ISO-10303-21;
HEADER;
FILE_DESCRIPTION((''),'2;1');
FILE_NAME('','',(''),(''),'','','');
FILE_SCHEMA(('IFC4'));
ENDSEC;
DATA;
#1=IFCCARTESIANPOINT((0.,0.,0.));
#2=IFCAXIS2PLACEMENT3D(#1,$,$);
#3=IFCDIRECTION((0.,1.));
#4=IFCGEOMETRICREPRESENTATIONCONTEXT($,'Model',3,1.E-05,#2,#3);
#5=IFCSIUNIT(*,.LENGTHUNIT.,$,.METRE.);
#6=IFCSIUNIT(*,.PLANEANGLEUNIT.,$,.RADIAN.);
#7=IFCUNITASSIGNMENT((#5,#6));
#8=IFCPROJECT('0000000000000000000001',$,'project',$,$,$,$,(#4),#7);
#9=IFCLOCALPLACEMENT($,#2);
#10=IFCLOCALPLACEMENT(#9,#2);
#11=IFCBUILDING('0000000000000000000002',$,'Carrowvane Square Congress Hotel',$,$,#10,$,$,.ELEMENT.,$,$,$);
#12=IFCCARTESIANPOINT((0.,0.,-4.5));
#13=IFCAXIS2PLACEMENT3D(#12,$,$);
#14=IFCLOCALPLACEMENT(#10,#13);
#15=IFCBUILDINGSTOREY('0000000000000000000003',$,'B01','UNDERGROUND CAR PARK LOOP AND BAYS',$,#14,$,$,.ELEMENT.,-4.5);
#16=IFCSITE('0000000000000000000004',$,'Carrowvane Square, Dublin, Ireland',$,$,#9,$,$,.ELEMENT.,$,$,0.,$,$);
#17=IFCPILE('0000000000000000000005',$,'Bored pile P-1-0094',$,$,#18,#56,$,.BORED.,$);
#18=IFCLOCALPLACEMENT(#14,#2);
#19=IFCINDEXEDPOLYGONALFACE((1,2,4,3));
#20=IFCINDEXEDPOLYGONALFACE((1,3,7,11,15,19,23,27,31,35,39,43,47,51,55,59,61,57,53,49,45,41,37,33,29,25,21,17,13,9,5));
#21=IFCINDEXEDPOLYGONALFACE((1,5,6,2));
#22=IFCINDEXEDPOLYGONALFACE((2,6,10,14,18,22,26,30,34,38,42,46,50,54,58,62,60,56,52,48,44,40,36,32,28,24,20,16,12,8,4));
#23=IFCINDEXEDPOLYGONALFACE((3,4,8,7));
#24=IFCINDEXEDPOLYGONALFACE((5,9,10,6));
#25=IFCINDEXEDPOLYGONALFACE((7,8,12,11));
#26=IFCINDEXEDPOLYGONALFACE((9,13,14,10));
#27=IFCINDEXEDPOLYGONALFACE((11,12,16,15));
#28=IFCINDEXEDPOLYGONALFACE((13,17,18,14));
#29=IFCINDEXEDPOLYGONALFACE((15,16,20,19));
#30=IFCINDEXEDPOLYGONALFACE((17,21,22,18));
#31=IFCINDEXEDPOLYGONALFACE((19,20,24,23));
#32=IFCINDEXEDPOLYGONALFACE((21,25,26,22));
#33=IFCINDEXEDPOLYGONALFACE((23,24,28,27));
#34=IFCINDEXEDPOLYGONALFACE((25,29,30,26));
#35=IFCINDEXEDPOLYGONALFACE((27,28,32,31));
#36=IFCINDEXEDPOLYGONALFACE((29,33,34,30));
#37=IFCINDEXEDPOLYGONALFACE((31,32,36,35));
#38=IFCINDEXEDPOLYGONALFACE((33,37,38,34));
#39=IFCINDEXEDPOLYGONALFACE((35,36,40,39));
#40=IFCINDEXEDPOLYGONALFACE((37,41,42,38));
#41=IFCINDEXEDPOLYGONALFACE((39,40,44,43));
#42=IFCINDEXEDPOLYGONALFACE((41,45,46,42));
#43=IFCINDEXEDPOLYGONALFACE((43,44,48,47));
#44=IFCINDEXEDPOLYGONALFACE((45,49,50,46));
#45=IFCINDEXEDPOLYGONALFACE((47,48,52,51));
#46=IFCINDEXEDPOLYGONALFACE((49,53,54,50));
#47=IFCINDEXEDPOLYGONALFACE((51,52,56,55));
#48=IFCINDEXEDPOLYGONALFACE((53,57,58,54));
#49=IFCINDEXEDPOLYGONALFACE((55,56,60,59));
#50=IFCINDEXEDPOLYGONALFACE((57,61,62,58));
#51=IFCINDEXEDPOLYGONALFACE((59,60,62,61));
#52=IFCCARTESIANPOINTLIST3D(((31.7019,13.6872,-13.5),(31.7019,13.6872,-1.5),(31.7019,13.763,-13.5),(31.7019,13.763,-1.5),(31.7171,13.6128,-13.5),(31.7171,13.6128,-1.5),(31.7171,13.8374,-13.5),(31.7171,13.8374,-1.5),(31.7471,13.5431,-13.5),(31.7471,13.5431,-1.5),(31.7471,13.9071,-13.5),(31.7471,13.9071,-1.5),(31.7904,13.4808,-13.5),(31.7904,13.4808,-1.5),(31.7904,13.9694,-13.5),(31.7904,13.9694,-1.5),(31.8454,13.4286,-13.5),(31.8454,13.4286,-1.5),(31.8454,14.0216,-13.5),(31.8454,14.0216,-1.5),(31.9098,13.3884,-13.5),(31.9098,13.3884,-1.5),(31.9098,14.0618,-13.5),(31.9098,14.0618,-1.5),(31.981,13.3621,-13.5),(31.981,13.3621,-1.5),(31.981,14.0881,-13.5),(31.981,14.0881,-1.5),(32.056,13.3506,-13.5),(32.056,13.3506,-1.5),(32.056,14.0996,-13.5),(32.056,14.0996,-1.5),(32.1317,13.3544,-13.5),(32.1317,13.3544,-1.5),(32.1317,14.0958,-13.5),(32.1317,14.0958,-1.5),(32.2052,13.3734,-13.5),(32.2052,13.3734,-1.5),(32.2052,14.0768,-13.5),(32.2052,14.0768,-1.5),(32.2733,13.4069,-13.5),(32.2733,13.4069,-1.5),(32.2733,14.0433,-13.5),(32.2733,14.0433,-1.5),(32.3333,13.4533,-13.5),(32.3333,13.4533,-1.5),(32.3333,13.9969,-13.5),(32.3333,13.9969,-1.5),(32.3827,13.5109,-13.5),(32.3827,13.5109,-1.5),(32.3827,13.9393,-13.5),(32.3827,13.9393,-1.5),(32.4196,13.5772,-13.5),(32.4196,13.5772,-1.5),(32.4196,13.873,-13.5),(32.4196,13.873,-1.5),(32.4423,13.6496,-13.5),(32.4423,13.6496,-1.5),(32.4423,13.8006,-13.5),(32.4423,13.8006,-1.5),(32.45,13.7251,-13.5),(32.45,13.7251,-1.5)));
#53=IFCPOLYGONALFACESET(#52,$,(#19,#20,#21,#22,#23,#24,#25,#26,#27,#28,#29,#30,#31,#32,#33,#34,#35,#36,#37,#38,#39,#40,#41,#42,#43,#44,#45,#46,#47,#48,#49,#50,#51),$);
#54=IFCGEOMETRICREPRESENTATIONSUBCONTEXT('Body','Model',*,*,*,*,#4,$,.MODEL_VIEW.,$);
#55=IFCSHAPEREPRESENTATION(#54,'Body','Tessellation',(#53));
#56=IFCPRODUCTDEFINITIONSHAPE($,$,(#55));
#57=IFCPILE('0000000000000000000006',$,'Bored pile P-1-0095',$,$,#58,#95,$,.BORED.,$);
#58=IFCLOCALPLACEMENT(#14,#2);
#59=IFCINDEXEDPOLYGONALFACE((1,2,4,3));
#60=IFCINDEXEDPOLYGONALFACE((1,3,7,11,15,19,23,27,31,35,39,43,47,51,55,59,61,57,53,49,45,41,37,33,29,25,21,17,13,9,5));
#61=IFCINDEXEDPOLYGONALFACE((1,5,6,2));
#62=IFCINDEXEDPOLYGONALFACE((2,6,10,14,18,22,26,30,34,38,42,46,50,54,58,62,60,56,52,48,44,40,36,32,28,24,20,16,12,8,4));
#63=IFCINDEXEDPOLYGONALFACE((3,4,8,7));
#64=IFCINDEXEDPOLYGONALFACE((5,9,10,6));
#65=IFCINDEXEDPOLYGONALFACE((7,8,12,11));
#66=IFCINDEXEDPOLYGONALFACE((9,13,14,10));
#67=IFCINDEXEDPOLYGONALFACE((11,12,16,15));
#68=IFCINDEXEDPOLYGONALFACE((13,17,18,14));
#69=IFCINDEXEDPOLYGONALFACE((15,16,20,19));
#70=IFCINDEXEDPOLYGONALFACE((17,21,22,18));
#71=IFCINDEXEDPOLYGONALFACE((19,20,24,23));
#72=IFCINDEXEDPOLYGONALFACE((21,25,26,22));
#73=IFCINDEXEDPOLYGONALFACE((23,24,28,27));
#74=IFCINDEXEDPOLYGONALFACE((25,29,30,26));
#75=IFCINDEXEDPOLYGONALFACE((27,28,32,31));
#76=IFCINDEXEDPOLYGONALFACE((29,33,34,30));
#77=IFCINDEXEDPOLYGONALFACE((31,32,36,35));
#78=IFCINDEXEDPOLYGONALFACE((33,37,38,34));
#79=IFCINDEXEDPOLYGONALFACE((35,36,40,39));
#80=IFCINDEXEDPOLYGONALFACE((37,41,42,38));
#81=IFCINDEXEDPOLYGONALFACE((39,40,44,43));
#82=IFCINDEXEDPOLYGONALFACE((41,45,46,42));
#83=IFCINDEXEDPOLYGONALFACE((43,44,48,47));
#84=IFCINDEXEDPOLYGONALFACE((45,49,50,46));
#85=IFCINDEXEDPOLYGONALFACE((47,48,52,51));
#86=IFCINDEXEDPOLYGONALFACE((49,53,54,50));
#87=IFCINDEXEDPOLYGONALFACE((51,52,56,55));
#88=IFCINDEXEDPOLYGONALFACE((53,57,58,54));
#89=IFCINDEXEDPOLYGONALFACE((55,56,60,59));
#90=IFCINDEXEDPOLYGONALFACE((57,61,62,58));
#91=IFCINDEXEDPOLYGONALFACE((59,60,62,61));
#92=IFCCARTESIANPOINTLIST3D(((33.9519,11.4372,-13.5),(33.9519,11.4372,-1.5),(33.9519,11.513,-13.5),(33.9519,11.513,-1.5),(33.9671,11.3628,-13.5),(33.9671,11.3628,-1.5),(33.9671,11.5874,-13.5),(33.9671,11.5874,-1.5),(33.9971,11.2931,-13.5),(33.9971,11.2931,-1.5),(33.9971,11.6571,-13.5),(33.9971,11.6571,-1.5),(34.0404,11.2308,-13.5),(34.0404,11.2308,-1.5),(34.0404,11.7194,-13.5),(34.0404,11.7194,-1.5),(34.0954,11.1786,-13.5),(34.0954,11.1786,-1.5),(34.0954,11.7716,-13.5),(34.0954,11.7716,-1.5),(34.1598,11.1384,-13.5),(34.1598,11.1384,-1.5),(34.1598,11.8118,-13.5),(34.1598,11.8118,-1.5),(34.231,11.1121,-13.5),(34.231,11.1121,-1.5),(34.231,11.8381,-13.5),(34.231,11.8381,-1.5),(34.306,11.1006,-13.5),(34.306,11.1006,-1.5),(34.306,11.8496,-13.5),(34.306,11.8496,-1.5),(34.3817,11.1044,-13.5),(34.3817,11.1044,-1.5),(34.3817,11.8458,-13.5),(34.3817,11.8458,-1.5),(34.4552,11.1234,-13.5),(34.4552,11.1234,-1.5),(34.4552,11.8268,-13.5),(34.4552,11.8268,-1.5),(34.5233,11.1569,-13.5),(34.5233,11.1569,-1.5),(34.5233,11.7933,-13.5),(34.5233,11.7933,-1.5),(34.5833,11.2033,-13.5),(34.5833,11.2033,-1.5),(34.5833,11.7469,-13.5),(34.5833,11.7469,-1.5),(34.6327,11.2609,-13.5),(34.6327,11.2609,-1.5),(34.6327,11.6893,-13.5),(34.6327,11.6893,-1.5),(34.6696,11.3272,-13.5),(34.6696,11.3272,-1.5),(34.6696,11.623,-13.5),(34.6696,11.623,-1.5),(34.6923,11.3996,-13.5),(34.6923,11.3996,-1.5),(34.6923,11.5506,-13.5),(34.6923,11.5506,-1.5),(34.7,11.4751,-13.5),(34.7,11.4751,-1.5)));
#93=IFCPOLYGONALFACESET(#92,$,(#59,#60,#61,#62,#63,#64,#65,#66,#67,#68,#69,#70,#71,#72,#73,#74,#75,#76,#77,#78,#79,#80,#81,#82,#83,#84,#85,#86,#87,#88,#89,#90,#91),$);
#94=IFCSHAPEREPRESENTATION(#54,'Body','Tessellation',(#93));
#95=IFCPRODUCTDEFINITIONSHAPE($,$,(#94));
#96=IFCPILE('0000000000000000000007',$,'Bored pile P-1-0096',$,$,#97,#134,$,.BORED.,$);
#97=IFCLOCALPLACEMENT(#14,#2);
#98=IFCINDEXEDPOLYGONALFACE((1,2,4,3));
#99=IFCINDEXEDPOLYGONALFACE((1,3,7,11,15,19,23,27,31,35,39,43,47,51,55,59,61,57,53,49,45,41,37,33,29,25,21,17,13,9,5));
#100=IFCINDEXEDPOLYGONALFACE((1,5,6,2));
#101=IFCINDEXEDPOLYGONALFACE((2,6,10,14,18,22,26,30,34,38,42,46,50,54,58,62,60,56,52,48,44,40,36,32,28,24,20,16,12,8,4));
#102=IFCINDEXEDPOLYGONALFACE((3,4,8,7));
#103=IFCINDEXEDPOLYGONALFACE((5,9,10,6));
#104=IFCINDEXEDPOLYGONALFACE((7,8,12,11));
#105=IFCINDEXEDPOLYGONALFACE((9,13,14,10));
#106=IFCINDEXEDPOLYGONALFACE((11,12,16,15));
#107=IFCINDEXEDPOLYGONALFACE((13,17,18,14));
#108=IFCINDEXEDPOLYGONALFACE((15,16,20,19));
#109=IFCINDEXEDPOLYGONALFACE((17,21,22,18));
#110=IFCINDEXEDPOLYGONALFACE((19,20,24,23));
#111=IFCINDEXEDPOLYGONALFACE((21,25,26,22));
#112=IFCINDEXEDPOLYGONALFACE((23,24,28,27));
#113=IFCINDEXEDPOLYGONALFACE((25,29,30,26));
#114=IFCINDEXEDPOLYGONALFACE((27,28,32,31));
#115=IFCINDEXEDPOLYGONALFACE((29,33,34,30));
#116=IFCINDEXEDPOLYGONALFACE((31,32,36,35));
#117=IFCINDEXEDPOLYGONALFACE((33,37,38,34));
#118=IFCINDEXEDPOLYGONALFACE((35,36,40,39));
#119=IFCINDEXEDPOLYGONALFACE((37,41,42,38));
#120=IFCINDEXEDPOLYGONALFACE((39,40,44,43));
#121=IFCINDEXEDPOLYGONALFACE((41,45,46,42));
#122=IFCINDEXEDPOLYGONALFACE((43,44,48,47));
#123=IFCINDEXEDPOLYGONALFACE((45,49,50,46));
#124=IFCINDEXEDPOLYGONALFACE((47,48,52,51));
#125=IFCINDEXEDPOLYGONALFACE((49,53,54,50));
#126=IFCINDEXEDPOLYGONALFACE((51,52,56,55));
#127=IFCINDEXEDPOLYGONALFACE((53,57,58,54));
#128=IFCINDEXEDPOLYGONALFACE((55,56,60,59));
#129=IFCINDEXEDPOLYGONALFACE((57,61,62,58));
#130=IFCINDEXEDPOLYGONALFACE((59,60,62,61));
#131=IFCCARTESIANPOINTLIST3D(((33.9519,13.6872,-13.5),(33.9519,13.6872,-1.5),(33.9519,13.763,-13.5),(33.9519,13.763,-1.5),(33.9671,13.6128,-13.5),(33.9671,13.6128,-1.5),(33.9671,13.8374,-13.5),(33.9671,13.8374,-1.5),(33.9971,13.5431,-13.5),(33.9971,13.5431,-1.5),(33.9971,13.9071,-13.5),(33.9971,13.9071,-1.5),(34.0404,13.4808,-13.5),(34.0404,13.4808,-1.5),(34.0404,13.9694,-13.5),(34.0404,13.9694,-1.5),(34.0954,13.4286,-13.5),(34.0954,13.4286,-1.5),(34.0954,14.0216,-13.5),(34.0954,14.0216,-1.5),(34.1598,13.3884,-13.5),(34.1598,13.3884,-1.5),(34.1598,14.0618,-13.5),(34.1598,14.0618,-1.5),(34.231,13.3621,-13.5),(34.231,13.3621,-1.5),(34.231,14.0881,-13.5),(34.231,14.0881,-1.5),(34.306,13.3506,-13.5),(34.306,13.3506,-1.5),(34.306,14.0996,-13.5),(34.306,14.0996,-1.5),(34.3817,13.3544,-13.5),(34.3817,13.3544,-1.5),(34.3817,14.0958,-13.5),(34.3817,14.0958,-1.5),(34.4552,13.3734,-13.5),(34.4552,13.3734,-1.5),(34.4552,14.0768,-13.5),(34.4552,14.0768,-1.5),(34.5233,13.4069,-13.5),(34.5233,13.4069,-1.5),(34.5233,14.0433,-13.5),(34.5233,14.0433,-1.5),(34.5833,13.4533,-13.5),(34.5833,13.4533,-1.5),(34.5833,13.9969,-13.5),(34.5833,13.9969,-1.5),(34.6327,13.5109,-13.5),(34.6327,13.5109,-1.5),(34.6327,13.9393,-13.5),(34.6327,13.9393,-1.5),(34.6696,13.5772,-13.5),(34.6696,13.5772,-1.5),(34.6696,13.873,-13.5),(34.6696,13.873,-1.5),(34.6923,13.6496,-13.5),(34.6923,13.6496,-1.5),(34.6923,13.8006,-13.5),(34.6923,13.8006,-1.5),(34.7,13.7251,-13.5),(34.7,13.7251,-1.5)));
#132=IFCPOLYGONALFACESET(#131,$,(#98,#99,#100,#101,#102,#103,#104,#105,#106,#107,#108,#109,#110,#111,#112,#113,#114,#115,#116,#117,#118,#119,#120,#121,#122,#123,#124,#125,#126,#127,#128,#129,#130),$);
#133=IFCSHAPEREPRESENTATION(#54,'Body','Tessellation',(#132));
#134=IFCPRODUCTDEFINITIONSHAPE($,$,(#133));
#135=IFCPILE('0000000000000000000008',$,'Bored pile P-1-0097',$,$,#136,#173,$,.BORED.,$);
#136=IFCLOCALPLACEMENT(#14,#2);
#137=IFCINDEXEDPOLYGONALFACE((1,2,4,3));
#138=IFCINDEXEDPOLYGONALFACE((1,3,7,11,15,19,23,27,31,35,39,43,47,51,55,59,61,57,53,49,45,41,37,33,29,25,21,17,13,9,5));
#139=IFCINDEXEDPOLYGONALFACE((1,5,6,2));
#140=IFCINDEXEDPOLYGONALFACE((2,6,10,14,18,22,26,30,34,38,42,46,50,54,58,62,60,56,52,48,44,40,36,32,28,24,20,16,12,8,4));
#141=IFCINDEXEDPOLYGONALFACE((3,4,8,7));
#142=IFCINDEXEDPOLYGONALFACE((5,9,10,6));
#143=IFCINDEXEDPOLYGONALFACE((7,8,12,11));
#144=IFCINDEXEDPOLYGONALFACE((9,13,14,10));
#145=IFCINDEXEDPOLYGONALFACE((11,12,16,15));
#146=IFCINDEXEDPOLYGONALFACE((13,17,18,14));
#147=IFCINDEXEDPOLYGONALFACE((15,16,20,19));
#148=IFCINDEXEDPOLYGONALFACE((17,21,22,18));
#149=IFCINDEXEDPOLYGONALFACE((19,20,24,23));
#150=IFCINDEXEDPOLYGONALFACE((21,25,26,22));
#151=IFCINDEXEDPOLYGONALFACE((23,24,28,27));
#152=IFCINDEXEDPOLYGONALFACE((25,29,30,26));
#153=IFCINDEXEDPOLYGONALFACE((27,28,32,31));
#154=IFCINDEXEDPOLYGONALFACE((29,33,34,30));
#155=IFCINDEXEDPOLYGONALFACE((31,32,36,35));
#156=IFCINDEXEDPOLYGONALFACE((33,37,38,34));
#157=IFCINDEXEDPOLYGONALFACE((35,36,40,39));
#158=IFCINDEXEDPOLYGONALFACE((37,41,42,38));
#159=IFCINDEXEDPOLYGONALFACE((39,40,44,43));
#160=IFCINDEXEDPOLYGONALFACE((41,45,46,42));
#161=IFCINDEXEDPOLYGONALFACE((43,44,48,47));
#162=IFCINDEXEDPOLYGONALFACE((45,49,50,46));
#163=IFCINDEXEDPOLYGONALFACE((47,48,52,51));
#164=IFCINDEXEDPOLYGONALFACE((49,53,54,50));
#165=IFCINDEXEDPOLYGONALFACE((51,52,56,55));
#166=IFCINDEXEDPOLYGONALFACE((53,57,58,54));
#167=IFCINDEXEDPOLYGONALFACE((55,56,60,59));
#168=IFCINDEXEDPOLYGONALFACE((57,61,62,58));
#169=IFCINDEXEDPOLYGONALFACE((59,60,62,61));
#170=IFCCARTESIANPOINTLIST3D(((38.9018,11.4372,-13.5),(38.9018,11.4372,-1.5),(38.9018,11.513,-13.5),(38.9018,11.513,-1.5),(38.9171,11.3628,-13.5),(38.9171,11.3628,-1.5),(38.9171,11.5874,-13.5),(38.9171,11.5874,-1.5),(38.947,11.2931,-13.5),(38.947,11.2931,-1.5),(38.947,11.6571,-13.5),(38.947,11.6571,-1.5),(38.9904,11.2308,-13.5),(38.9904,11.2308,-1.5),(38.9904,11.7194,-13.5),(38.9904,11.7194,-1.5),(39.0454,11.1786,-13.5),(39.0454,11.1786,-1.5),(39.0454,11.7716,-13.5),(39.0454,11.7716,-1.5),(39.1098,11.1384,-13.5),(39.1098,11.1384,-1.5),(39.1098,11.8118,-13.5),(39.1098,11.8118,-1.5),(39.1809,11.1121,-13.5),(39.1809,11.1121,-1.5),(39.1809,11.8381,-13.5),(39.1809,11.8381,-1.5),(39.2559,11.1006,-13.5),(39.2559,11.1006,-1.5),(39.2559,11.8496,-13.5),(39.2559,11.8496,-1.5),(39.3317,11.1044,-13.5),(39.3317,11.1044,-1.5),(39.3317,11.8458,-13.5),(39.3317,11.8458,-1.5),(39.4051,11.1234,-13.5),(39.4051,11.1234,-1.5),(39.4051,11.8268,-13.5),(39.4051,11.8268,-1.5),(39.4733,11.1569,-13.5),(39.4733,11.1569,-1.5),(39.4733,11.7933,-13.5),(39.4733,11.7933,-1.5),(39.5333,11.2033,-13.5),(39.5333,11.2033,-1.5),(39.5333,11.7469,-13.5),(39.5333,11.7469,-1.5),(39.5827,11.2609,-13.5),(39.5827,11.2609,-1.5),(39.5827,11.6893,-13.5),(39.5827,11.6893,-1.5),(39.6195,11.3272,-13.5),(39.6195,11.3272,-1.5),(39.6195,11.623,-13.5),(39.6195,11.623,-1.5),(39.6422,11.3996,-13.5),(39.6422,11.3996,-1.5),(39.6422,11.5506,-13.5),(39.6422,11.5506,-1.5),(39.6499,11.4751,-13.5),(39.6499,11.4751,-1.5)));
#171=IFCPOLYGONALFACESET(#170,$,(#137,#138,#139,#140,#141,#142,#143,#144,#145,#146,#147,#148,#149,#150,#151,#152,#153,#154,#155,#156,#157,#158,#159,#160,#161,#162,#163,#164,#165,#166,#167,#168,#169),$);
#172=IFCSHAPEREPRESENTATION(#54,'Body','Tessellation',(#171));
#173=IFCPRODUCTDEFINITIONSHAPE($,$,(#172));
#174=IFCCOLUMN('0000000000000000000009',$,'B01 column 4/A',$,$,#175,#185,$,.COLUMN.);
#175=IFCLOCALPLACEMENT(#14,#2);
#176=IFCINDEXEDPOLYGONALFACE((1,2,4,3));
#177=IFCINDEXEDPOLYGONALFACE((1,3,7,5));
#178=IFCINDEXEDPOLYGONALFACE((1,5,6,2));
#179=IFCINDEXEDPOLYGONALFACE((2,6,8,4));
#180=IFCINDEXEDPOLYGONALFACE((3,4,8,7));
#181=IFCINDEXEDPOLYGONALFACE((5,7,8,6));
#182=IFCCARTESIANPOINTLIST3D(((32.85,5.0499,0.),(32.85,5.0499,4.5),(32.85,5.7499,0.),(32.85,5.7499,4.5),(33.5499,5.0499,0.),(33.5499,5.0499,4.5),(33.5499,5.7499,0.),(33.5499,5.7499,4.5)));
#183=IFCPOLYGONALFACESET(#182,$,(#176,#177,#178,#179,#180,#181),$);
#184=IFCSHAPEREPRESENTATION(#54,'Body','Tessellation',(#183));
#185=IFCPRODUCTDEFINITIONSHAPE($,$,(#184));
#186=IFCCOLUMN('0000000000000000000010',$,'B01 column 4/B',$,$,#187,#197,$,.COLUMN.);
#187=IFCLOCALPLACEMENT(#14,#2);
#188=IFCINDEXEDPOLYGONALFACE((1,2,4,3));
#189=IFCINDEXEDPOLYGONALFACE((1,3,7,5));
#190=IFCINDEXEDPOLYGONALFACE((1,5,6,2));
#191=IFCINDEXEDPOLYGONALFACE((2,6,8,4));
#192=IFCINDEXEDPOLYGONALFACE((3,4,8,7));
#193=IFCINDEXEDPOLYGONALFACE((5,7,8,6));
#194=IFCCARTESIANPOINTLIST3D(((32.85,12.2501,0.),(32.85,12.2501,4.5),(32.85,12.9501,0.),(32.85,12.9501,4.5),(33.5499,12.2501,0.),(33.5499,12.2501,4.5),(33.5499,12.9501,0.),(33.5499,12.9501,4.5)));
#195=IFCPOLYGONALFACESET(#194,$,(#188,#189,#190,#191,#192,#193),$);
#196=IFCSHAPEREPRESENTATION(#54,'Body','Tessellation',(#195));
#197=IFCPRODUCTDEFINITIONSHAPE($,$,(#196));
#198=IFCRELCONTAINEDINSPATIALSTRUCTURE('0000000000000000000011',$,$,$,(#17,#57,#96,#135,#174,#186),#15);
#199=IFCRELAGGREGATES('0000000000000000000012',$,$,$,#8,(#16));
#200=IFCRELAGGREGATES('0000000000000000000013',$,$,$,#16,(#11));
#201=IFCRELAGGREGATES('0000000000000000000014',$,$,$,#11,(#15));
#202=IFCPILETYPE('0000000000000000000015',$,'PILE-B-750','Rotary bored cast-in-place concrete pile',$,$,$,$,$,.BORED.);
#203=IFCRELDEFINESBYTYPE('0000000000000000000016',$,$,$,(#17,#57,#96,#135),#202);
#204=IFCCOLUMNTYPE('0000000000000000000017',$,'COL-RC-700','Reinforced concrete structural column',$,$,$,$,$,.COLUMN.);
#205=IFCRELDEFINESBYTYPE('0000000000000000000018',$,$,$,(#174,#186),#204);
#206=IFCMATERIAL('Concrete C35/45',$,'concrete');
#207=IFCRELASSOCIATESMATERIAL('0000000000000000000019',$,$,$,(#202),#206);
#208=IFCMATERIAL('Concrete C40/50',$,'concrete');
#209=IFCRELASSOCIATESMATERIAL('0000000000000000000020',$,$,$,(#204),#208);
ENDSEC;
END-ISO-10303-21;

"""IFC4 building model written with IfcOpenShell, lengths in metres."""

from ifc_helpers import new_model, si_unit, direction, frame, origin, origin_2d, place, context, subcontext, project, spatial, rectangle, circle, extrude, material, material_profile, profile_set, type_object, element, save


model = new_model("IFC4")

# Units and contexts
model_context = context("Model", 3, precision=1e-05, world=origin(), true_north=direction((0.0, 1.0)))
body_context = subcontext(model_context, "Body", "Model", "MODEL_VIEW")
ifc_project = project(units=[si_unit("LENGTHUNIT", "METRE"), si_unit("PLANEANGLEUNIT", "RADIAN")], contexts=[model_context])

# Site, building, storey
site_placement = place(None, origin())
site = spatial("IfcSite", under=ifc_project, at=site_placement, Name="Carrowvane Square, Dublin, Ireland", CompositionType="ELEMENT", RefElevation=0.0)
building_placement = place(site_placement, origin())
building = spatial("IfcBuilding", under=site, at=building_placement, Name="Carrowvane Square Congress Hotel", CompositionType="ELEMENT")
storey_placement = place(building_placement, frame((0.0, 0.0, -4.5)))
storey = spatial("IfcBuildingStorey", under=building, at=storey_placement, Name="B01", Description="UNDERGROUND CAR PARK LOOP AND BAYS", CompositionType="ELEMENT", Elevation=-4.5)

# Piles
ifc_material_1 = material(Name="Concrete C35/45", Category="concrete")
ifc_material_profile_1 = material_profile(ifc_material_1, circle(Radius=0.375, at=origin_2d()), Name="PILE D750")
ifc_profile_set_1 = profile_set([ifc_material_profile_1], Name="Concrete C35/45")
pile_type = type_object("IfcPileType", Name="PILE-B-750", Description="Rotary bored cast-in-place concrete pile", PredefinedType="BORED", material=ifc_profile_set_1)
for number, where, z_axis, x_axis, name in (
    (1, (32.075, 13.7251, -1.5), (0.0, 0.0, -1.0), (1.0, 0.0, 0.0), "Bored pile P-1-0094"),
    (2, (34.325, 11.4751, -1.5), (0.0, 0.0, -1.0), (1.0, 0.0, 0.0), "Bored pile P-1-0095"),
    (3, (34.325, 13.7251, -1.5), (0.0, 0.0, -1.0), (1.0, 0.0, 0.0), "Bored pile P-1-0096"),
    (4, (39.2749, 11.4751, -1.5), (0.0, 0.0, -1.0), (1.0, 0.0, 0.0), "Bored pile P-1-0097"),
):
    element("IfcPile", number, at=place(storey_placement, frame(where, z_axis=z_axis, x_axis=x_axis)), inside=storey, type_object=pile_type, Name=name, PredefinedType="BORED", context=body_context, shape_type="SweptSolid", body=[
        extrude(circle(Radius=0.375, at=origin_2d()), origin(), (0.0, 0.0, 1.0), 12.0),
    ])

# Columns
ifc_material_2 = material(Name="Concrete C40/50", Category="concrete")
ifc_material_profile_2 = material_profile(ifc_material_2, rectangle(XDim=0.7, YDim=0.7, at=origin_2d()), Name="RC 700x700")
ifc_profile_set_2 = profile_set([ifc_material_profile_2], Name="Concrete C40/50")
column_type = type_object("IfcColumnType", Name="COL-RC-700", Description="Reinforced concrete structural column", PredefinedType="COLUMN", material=ifc_profile_set_2)
for number, where, z_axis, x_axis, name in (
    (5, (33.2, 5.3999, 0.0), (0.0, 0.0, 1.0), (1.0, 0.0, 0.0), "B01 column 4/A"),
    (6, (33.2, 12.6001, 0.0), (0.0, 0.0, 1.0), (1.0, 0.0, 0.0), "B01 column 4/B"),
):
    element("IfcColumn", number, at=place(storey_placement, frame(where, z_axis=z_axis, x_axis=x_axis)), inside=storey, type_object=column_type, Name=name, PredefinedType="COLUMN", context=body_context, shape_type="SweptSolid", body=[
        extrude(rectangle(XDim=0.7, YDim=0.7, at=origin_2d()), origin(), (0.0, 0.0, 1.0), 4.5),
    ])

save(model, "model.ifc")
